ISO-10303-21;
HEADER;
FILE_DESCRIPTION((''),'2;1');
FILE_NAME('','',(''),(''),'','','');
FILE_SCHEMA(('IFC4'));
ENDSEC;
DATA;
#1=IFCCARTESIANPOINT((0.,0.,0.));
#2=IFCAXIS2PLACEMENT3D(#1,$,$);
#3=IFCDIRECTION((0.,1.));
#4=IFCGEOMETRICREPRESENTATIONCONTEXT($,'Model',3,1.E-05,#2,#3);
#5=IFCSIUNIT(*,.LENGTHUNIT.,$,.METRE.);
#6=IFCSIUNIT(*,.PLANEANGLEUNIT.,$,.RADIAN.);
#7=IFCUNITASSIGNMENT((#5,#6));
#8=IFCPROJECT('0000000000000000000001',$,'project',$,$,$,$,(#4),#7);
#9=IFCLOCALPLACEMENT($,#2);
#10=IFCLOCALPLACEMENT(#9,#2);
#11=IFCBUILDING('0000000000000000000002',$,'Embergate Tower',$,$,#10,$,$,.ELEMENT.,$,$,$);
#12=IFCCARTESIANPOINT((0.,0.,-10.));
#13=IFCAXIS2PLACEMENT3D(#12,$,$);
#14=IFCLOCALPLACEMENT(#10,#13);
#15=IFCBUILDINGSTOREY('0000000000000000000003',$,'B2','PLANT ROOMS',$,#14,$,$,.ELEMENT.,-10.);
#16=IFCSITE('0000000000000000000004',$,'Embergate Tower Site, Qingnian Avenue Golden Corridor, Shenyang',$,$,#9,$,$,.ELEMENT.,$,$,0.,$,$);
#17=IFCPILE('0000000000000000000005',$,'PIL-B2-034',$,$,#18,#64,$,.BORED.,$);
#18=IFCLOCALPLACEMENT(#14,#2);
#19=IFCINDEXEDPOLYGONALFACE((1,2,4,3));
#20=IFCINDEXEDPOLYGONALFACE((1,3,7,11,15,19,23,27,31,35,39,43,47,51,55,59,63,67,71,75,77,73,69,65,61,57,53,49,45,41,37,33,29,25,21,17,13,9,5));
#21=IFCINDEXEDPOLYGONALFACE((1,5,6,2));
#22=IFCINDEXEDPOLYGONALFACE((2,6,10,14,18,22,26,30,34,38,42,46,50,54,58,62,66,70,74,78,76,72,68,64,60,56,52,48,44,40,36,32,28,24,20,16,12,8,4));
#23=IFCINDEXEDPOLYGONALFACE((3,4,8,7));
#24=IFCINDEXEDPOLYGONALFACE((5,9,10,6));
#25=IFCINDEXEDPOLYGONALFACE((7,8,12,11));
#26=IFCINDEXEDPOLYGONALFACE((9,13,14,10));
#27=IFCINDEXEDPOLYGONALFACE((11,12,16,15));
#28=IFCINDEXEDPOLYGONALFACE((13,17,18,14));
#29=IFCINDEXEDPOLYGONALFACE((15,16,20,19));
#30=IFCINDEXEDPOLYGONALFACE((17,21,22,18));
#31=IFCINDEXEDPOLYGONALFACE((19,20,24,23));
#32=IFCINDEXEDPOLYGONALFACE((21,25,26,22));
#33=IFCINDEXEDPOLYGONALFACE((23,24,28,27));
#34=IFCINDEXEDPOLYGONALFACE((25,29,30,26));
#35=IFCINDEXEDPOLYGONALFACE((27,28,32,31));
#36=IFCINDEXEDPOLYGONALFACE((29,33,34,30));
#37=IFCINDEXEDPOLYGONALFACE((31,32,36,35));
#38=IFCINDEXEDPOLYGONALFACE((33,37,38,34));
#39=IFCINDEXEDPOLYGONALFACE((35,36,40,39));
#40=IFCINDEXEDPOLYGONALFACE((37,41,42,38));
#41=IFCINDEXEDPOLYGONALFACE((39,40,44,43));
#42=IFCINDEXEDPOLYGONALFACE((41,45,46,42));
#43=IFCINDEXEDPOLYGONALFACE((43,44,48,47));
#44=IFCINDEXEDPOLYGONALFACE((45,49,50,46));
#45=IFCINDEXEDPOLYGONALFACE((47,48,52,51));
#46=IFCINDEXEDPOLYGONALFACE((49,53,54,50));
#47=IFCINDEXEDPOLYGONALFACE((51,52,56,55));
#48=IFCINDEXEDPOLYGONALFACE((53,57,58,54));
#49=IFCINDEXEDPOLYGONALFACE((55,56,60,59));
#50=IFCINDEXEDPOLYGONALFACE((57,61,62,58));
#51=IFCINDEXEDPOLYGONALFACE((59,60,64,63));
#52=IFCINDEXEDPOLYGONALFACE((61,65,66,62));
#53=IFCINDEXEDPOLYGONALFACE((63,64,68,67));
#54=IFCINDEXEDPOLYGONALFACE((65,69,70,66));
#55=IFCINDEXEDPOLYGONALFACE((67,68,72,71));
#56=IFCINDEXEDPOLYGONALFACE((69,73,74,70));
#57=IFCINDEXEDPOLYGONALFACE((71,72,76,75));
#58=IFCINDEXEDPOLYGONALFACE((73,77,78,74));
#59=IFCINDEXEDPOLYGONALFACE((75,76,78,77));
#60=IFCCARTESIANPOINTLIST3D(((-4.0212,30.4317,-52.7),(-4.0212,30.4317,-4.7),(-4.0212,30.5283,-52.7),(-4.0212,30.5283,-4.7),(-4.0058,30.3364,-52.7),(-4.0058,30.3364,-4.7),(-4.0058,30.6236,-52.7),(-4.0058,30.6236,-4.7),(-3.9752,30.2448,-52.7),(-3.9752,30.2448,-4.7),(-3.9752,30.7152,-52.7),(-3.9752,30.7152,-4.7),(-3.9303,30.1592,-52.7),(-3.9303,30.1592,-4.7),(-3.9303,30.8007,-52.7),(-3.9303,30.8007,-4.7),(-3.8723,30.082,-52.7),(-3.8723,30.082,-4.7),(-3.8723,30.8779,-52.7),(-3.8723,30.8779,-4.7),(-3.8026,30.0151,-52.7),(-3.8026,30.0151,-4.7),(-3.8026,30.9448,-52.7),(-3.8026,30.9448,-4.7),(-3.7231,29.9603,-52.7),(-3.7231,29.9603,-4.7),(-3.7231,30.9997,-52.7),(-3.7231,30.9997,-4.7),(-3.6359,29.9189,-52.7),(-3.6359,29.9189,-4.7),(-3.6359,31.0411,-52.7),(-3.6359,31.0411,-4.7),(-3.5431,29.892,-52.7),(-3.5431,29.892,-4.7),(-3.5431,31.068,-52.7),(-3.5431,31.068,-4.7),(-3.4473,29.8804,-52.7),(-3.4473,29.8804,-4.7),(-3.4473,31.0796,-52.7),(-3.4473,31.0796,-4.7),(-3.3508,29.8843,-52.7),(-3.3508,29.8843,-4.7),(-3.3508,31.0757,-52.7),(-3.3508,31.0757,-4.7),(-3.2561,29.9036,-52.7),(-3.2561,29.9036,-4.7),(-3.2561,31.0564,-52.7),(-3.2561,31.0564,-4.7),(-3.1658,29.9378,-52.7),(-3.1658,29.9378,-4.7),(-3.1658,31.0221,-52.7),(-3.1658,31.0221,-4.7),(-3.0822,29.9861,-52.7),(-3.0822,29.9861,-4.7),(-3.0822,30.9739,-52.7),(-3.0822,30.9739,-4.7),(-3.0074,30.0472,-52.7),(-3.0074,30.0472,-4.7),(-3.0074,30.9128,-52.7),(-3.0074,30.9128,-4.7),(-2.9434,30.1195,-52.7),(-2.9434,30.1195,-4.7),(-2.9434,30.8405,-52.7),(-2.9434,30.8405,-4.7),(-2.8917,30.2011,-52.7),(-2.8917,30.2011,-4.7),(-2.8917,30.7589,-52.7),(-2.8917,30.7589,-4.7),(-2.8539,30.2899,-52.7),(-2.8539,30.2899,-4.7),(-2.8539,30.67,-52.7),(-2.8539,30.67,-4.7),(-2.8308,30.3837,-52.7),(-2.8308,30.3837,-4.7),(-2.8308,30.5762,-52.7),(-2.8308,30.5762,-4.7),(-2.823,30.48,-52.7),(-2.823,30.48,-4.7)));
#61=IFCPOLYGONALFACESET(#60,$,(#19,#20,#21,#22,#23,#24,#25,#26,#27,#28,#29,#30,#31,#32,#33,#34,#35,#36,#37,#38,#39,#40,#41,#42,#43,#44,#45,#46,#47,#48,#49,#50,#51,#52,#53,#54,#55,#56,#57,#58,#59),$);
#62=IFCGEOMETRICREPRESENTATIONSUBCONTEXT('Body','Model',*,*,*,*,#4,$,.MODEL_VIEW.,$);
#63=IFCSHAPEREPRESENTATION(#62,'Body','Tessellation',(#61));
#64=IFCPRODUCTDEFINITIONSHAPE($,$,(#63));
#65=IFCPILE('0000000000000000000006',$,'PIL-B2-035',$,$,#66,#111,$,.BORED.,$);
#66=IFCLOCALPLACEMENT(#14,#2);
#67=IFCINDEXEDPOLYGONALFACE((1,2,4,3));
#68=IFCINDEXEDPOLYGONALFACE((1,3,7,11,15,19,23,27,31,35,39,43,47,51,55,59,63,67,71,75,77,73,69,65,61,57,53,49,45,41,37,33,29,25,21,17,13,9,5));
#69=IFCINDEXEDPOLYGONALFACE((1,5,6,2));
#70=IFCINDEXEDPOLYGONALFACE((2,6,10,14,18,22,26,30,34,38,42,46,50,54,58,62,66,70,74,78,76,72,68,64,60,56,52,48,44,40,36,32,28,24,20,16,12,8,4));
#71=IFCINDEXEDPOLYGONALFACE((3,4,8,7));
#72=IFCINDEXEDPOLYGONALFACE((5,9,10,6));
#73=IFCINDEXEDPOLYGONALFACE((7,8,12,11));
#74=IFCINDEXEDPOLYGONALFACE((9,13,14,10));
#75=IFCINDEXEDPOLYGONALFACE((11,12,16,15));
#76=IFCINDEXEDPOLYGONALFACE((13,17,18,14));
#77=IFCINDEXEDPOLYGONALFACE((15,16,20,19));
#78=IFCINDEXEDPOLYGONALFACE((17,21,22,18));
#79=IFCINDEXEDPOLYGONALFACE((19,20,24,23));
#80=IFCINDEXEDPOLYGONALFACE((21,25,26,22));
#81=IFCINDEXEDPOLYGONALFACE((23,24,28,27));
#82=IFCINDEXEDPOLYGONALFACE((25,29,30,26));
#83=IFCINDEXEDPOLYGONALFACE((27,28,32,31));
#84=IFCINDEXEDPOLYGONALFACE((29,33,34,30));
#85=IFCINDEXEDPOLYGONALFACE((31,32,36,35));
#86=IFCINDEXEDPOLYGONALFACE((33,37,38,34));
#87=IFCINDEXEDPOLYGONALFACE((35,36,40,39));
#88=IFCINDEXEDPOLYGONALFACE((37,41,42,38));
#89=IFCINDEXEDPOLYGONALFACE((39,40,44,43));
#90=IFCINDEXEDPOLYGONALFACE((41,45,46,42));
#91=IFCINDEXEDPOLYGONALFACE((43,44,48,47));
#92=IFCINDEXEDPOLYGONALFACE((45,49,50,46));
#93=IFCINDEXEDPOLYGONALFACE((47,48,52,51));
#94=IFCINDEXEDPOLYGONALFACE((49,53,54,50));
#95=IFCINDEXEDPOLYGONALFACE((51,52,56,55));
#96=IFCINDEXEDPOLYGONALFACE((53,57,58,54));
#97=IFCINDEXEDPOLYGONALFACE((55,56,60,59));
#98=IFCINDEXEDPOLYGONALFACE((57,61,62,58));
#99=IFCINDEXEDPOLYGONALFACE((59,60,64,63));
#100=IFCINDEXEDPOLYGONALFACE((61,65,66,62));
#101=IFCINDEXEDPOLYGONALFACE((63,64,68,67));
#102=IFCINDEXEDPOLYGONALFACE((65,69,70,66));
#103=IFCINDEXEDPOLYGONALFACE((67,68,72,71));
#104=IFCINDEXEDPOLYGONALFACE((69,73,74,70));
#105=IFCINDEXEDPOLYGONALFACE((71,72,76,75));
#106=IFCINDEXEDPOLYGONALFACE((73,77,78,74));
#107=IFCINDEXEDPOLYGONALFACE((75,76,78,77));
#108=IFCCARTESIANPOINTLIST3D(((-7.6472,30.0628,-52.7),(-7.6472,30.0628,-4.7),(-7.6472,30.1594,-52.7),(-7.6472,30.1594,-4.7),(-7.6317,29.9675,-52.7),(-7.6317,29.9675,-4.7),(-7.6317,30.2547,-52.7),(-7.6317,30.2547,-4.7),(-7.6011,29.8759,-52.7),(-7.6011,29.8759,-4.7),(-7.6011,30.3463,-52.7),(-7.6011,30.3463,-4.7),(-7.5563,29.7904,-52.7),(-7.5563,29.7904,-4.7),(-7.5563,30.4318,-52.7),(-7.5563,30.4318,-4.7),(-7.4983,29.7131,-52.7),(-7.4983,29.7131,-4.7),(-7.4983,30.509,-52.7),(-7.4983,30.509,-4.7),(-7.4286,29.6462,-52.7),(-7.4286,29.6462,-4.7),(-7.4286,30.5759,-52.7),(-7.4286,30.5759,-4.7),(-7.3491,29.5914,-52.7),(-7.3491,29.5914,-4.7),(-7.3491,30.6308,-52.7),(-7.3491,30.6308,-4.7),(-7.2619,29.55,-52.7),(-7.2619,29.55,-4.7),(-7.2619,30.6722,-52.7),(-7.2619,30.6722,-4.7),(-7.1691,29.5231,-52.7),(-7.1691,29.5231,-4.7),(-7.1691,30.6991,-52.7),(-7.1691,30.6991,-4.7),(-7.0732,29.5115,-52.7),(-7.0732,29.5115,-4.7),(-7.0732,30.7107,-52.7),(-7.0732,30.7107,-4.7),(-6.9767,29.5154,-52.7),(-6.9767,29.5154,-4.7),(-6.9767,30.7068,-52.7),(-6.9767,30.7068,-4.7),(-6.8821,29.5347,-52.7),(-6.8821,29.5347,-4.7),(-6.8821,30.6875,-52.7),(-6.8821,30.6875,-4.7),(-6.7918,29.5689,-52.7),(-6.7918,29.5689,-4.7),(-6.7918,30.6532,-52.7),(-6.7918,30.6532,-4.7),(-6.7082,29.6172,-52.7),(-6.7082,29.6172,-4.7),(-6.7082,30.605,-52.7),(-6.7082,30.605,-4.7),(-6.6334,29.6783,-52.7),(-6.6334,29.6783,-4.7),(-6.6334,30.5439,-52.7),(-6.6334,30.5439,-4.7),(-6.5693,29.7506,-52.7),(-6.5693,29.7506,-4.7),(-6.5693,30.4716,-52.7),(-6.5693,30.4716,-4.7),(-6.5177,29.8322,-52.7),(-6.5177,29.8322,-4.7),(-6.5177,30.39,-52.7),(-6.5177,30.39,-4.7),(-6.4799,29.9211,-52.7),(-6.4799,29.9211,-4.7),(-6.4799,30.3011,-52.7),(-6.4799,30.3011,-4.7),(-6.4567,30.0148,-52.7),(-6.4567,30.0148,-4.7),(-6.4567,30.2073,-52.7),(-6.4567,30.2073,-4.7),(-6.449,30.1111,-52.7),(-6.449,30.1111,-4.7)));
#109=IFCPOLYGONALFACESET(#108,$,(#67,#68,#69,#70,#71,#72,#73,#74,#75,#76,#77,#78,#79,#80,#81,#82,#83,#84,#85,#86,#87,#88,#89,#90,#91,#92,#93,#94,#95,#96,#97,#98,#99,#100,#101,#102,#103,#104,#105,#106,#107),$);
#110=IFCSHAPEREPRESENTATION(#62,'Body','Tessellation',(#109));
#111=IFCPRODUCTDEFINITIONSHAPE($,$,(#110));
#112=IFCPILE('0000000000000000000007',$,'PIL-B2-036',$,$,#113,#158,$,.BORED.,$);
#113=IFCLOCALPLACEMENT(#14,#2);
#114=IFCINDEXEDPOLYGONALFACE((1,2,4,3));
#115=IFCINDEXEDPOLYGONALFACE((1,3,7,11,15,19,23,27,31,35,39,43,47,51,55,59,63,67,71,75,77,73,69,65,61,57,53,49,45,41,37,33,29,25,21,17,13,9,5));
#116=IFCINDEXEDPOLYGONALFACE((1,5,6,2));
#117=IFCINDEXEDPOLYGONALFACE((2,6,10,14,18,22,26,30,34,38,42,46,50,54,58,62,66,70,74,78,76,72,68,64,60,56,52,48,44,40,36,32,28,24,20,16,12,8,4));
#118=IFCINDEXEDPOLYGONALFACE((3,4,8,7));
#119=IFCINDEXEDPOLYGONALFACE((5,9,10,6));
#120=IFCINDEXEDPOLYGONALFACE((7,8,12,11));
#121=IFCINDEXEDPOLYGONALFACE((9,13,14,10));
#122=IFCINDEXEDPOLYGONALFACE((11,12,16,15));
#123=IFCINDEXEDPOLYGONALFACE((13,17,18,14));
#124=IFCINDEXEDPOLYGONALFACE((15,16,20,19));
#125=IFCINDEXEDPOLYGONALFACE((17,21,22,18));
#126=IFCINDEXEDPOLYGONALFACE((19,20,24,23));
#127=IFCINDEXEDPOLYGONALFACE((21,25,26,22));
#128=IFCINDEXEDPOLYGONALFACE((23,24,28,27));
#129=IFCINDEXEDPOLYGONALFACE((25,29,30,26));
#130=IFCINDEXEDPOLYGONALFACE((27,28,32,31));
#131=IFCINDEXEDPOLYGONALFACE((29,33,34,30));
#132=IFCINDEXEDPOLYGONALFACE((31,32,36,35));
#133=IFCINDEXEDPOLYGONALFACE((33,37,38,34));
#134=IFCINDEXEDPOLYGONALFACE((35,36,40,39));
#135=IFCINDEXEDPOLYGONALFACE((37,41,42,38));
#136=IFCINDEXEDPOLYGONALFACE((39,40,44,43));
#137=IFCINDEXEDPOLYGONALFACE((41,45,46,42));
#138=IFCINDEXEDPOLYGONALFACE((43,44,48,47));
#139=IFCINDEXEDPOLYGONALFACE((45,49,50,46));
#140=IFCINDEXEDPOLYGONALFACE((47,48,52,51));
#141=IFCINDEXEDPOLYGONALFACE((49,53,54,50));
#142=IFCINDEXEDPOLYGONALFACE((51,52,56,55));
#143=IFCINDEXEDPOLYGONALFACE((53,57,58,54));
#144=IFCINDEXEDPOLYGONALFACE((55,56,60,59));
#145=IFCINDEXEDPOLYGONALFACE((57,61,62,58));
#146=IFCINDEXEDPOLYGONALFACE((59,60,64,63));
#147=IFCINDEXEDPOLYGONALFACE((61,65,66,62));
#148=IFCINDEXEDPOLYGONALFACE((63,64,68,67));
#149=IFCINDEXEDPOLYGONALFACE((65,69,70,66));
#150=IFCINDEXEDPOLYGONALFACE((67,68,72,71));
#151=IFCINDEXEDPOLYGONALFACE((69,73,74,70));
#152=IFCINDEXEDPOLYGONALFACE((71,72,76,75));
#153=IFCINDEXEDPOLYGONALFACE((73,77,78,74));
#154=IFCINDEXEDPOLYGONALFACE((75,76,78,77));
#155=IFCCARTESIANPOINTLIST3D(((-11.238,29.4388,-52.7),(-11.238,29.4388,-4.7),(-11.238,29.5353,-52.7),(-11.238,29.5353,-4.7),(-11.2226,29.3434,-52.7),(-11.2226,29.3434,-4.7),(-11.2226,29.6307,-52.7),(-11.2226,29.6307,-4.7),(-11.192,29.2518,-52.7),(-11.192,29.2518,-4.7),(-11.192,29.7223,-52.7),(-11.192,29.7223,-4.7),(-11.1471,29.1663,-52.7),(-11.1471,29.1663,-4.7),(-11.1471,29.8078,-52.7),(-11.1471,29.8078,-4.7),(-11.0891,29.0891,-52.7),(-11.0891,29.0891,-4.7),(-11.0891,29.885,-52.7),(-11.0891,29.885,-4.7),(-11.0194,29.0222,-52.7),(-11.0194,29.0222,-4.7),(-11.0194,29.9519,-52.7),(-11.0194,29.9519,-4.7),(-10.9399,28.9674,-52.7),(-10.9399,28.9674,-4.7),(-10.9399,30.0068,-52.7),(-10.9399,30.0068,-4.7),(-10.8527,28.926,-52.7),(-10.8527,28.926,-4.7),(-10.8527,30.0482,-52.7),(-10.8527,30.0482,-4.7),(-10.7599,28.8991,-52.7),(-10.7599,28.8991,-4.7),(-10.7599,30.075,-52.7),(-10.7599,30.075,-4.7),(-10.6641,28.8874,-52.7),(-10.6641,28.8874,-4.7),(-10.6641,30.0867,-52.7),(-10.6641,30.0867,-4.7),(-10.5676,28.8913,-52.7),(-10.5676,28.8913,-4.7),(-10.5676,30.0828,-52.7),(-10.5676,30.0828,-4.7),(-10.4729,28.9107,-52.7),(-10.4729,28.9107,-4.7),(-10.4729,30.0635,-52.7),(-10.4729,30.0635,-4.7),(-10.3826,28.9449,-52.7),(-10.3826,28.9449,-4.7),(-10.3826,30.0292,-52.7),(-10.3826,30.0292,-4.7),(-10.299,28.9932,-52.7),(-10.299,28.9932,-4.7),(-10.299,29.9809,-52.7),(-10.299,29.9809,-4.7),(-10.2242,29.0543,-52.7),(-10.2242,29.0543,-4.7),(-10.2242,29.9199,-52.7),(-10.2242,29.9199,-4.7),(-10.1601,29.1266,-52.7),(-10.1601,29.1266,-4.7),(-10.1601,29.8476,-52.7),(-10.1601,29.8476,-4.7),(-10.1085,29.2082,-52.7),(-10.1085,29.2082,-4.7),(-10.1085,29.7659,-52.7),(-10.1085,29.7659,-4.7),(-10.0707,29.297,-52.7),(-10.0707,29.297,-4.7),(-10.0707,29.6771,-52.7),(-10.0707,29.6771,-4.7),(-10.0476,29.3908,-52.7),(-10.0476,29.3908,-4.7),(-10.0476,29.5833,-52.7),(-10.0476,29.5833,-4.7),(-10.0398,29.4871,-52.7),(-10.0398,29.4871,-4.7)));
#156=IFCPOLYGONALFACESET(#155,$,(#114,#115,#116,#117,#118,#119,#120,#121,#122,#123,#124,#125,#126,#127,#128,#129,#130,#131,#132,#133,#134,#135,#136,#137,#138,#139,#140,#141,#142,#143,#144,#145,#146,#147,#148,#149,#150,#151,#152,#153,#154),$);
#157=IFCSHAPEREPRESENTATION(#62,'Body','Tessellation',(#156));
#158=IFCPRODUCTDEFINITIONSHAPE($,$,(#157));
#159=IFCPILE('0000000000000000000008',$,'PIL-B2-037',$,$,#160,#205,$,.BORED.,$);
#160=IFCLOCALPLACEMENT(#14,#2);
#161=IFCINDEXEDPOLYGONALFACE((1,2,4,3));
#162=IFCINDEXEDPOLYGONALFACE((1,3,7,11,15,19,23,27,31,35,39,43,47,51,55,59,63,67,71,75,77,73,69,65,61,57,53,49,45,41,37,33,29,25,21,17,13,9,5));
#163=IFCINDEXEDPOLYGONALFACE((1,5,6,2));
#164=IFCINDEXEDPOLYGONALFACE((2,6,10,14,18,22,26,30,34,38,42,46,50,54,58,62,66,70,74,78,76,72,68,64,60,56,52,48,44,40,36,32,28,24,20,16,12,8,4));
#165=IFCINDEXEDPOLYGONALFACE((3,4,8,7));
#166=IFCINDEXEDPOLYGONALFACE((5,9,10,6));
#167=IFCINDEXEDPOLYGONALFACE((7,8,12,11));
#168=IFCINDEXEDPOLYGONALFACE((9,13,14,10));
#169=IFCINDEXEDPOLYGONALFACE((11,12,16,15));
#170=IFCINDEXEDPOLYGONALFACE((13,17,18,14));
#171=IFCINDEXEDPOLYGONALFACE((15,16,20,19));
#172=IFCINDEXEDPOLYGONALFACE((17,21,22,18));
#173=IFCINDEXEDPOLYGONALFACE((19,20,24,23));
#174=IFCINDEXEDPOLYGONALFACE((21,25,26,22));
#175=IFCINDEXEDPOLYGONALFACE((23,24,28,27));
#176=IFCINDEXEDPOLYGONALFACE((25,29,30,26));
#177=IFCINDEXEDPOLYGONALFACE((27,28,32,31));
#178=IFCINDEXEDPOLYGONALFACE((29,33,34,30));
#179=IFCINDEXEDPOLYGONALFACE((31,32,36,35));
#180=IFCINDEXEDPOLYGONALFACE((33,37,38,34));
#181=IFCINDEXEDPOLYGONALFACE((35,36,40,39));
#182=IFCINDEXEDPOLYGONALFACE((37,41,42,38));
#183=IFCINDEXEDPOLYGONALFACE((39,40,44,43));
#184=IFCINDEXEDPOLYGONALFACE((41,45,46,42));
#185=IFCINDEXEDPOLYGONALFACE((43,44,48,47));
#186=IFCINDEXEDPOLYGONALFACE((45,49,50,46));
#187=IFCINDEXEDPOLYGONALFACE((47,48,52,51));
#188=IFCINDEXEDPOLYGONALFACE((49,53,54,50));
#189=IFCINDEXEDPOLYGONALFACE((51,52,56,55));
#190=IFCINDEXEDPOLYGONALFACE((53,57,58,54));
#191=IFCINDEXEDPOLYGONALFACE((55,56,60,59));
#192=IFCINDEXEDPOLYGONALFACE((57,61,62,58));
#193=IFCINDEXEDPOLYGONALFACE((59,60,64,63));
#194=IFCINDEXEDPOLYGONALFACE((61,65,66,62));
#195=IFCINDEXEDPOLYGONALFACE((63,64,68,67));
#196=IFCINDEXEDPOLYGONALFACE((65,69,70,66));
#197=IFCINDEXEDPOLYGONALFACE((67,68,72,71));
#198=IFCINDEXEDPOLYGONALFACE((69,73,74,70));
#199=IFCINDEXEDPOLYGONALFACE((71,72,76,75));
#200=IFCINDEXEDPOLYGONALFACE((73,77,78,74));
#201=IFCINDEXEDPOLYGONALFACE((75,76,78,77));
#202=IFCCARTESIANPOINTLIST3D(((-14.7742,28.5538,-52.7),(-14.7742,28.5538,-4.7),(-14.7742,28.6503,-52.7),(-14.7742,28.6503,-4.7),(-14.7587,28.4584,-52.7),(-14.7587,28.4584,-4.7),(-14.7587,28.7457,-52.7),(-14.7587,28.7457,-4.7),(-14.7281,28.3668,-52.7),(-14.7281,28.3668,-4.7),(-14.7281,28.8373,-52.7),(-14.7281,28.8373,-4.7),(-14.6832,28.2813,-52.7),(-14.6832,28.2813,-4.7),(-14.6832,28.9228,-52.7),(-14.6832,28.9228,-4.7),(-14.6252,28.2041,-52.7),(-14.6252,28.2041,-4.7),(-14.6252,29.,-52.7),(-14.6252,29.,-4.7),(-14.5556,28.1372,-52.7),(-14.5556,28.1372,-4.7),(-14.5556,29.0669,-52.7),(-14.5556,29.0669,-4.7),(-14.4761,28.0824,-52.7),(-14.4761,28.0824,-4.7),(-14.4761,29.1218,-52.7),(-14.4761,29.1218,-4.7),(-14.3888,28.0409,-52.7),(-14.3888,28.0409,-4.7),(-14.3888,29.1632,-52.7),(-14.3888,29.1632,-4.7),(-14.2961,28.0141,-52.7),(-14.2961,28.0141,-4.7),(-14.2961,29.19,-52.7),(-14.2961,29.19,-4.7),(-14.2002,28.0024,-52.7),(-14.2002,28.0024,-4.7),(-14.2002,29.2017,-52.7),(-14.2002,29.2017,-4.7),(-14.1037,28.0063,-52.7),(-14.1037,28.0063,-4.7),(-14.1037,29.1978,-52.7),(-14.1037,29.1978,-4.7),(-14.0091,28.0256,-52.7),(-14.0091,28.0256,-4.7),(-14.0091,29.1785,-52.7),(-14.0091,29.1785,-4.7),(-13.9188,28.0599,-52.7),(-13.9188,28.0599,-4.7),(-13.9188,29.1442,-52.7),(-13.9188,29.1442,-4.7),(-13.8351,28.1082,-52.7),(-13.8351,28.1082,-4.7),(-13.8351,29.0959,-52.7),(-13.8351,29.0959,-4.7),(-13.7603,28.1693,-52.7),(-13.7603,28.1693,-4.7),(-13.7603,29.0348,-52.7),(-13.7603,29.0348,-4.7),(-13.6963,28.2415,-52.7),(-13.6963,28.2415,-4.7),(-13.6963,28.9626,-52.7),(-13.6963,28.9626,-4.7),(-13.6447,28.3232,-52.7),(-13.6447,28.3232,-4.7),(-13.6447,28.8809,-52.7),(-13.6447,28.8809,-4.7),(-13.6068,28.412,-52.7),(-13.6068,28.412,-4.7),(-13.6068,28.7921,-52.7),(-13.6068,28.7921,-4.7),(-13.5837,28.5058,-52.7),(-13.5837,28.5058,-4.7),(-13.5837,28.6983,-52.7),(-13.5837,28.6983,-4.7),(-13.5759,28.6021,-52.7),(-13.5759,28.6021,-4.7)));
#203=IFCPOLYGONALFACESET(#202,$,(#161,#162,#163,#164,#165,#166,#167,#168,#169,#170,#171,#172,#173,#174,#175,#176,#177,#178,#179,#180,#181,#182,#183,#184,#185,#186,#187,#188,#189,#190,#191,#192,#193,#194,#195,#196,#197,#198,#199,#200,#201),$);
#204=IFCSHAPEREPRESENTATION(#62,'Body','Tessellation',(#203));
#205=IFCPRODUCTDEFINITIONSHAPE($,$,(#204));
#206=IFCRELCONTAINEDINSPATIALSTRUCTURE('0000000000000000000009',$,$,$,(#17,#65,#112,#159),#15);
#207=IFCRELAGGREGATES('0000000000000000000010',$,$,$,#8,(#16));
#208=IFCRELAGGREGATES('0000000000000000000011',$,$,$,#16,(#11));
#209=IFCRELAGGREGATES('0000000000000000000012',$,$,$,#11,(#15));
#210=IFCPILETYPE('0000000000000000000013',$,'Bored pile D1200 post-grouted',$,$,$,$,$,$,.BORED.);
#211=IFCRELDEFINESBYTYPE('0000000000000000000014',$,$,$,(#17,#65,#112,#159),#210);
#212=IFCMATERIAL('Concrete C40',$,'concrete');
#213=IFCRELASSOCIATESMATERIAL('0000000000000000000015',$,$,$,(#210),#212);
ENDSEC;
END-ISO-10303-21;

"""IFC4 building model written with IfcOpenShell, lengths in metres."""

from ifc_helpers import new_model, si_unit, direction, frame, origin, origin_2d, place, context, subcontext, project, spatial, circle, extrude, source, transform, mapped, material, material_profile, profile_set, type_object, element, save


model = new_model("IFC4")

# Units and contexts
model_context = context("Model", 3, precision=1e-05, world=origin(), true_north=direction((0.0, 1.0)))
body_context = subcontext(model_context, "Body", "Model", "MODEL_VIEW")
ifc_project = project(units=[si_unit("LENGTHUNIT", "METRE"), si_unit("PLANEANGLEUNIT", "RADIAN")], contexts=[model_context])

# Site, building, storey
site_placement = place(None, origin())
site = spatial("IfcSite", under=ifc_project, at=site_placement, Name="Embergate Tower Site, Qingnian Avenue Golden Corridor, Shenyang", CompositionType="ELEMENT", RefElevation=0.0)
building_placement = place(site_placement, origin())
building = spatial("IfcBuilding", under=site, at=building_placement, Name="Embergate Tower", CompositionType="ELEMENT")
storey_placement = place(building_placement, frame((0.0, 0.0, -10.0)))
storey = spatial("IfcBuildingStorey", under=building, at=storey_placement, Name="B2", Description="PLANT ROOMS", CompositionType="ELEMENT", Elevation=-10.0)

# Piles
ifc_material_1 = material(Name="Concrete C40", Category="concrete")
ifc_material_profile = material_profile(ifc_material_1, circle(Radius=0.6001, at=origin_2d()), Name="D1200")
ifc_profile_set = profile_set([ifc_material_profile], Name="Concrete C40")
pile_type = type_object("IfcPileType", Name="Bored pile D1200 post-grouted", PredefinedType="BORED", material=ifc_profile_set)
shared_shape_1 = source(origin(), body_context, "Body", "SweptSolid", [
    extrude(circle(Radius=0.6001, at=origin_2d()), origin(), (0.0, 0.0, 1.0), 48.0),
])
for number, where, z_axis, x_axis, name in (
    (1, (-3.4231, 30.48, -4.7), (0.0, 0.0, -1.0), (1.0, 0.0, 0.0), "PIL-B2-034"),
    (2, (-7.0491, 30.1111, -4.7), (0.0, 0.0, -1.0), (1.0, 0.0, 0.0), "PIL-B2-035"),
    (3, (-10.6399, 29.4871, -4.7), (0.0, 0.0, -1.0), (1.0, 0.0, 0.0), "PIL-B2-036"),
    (4, (-14.176, 28.6021, -4.7), (0.0, 0.0, -1.0), (1.0, 0.0, 0.0), "PIL-B2-037"),
):
    element("IfcPile", number, at=place(storey_placement, frame(where, z_axis=z_axis, x_axis=x_axis)), inside=storey, type_object=pile_type, Name=name, PredefinedType="BORED", context=body_context, shape_type="MappedRepresentation", body=[
        mapped(shared_shape_1, transform((0.0, 0.0, 0.0))),
    ])

save(model, "model.ifc")
